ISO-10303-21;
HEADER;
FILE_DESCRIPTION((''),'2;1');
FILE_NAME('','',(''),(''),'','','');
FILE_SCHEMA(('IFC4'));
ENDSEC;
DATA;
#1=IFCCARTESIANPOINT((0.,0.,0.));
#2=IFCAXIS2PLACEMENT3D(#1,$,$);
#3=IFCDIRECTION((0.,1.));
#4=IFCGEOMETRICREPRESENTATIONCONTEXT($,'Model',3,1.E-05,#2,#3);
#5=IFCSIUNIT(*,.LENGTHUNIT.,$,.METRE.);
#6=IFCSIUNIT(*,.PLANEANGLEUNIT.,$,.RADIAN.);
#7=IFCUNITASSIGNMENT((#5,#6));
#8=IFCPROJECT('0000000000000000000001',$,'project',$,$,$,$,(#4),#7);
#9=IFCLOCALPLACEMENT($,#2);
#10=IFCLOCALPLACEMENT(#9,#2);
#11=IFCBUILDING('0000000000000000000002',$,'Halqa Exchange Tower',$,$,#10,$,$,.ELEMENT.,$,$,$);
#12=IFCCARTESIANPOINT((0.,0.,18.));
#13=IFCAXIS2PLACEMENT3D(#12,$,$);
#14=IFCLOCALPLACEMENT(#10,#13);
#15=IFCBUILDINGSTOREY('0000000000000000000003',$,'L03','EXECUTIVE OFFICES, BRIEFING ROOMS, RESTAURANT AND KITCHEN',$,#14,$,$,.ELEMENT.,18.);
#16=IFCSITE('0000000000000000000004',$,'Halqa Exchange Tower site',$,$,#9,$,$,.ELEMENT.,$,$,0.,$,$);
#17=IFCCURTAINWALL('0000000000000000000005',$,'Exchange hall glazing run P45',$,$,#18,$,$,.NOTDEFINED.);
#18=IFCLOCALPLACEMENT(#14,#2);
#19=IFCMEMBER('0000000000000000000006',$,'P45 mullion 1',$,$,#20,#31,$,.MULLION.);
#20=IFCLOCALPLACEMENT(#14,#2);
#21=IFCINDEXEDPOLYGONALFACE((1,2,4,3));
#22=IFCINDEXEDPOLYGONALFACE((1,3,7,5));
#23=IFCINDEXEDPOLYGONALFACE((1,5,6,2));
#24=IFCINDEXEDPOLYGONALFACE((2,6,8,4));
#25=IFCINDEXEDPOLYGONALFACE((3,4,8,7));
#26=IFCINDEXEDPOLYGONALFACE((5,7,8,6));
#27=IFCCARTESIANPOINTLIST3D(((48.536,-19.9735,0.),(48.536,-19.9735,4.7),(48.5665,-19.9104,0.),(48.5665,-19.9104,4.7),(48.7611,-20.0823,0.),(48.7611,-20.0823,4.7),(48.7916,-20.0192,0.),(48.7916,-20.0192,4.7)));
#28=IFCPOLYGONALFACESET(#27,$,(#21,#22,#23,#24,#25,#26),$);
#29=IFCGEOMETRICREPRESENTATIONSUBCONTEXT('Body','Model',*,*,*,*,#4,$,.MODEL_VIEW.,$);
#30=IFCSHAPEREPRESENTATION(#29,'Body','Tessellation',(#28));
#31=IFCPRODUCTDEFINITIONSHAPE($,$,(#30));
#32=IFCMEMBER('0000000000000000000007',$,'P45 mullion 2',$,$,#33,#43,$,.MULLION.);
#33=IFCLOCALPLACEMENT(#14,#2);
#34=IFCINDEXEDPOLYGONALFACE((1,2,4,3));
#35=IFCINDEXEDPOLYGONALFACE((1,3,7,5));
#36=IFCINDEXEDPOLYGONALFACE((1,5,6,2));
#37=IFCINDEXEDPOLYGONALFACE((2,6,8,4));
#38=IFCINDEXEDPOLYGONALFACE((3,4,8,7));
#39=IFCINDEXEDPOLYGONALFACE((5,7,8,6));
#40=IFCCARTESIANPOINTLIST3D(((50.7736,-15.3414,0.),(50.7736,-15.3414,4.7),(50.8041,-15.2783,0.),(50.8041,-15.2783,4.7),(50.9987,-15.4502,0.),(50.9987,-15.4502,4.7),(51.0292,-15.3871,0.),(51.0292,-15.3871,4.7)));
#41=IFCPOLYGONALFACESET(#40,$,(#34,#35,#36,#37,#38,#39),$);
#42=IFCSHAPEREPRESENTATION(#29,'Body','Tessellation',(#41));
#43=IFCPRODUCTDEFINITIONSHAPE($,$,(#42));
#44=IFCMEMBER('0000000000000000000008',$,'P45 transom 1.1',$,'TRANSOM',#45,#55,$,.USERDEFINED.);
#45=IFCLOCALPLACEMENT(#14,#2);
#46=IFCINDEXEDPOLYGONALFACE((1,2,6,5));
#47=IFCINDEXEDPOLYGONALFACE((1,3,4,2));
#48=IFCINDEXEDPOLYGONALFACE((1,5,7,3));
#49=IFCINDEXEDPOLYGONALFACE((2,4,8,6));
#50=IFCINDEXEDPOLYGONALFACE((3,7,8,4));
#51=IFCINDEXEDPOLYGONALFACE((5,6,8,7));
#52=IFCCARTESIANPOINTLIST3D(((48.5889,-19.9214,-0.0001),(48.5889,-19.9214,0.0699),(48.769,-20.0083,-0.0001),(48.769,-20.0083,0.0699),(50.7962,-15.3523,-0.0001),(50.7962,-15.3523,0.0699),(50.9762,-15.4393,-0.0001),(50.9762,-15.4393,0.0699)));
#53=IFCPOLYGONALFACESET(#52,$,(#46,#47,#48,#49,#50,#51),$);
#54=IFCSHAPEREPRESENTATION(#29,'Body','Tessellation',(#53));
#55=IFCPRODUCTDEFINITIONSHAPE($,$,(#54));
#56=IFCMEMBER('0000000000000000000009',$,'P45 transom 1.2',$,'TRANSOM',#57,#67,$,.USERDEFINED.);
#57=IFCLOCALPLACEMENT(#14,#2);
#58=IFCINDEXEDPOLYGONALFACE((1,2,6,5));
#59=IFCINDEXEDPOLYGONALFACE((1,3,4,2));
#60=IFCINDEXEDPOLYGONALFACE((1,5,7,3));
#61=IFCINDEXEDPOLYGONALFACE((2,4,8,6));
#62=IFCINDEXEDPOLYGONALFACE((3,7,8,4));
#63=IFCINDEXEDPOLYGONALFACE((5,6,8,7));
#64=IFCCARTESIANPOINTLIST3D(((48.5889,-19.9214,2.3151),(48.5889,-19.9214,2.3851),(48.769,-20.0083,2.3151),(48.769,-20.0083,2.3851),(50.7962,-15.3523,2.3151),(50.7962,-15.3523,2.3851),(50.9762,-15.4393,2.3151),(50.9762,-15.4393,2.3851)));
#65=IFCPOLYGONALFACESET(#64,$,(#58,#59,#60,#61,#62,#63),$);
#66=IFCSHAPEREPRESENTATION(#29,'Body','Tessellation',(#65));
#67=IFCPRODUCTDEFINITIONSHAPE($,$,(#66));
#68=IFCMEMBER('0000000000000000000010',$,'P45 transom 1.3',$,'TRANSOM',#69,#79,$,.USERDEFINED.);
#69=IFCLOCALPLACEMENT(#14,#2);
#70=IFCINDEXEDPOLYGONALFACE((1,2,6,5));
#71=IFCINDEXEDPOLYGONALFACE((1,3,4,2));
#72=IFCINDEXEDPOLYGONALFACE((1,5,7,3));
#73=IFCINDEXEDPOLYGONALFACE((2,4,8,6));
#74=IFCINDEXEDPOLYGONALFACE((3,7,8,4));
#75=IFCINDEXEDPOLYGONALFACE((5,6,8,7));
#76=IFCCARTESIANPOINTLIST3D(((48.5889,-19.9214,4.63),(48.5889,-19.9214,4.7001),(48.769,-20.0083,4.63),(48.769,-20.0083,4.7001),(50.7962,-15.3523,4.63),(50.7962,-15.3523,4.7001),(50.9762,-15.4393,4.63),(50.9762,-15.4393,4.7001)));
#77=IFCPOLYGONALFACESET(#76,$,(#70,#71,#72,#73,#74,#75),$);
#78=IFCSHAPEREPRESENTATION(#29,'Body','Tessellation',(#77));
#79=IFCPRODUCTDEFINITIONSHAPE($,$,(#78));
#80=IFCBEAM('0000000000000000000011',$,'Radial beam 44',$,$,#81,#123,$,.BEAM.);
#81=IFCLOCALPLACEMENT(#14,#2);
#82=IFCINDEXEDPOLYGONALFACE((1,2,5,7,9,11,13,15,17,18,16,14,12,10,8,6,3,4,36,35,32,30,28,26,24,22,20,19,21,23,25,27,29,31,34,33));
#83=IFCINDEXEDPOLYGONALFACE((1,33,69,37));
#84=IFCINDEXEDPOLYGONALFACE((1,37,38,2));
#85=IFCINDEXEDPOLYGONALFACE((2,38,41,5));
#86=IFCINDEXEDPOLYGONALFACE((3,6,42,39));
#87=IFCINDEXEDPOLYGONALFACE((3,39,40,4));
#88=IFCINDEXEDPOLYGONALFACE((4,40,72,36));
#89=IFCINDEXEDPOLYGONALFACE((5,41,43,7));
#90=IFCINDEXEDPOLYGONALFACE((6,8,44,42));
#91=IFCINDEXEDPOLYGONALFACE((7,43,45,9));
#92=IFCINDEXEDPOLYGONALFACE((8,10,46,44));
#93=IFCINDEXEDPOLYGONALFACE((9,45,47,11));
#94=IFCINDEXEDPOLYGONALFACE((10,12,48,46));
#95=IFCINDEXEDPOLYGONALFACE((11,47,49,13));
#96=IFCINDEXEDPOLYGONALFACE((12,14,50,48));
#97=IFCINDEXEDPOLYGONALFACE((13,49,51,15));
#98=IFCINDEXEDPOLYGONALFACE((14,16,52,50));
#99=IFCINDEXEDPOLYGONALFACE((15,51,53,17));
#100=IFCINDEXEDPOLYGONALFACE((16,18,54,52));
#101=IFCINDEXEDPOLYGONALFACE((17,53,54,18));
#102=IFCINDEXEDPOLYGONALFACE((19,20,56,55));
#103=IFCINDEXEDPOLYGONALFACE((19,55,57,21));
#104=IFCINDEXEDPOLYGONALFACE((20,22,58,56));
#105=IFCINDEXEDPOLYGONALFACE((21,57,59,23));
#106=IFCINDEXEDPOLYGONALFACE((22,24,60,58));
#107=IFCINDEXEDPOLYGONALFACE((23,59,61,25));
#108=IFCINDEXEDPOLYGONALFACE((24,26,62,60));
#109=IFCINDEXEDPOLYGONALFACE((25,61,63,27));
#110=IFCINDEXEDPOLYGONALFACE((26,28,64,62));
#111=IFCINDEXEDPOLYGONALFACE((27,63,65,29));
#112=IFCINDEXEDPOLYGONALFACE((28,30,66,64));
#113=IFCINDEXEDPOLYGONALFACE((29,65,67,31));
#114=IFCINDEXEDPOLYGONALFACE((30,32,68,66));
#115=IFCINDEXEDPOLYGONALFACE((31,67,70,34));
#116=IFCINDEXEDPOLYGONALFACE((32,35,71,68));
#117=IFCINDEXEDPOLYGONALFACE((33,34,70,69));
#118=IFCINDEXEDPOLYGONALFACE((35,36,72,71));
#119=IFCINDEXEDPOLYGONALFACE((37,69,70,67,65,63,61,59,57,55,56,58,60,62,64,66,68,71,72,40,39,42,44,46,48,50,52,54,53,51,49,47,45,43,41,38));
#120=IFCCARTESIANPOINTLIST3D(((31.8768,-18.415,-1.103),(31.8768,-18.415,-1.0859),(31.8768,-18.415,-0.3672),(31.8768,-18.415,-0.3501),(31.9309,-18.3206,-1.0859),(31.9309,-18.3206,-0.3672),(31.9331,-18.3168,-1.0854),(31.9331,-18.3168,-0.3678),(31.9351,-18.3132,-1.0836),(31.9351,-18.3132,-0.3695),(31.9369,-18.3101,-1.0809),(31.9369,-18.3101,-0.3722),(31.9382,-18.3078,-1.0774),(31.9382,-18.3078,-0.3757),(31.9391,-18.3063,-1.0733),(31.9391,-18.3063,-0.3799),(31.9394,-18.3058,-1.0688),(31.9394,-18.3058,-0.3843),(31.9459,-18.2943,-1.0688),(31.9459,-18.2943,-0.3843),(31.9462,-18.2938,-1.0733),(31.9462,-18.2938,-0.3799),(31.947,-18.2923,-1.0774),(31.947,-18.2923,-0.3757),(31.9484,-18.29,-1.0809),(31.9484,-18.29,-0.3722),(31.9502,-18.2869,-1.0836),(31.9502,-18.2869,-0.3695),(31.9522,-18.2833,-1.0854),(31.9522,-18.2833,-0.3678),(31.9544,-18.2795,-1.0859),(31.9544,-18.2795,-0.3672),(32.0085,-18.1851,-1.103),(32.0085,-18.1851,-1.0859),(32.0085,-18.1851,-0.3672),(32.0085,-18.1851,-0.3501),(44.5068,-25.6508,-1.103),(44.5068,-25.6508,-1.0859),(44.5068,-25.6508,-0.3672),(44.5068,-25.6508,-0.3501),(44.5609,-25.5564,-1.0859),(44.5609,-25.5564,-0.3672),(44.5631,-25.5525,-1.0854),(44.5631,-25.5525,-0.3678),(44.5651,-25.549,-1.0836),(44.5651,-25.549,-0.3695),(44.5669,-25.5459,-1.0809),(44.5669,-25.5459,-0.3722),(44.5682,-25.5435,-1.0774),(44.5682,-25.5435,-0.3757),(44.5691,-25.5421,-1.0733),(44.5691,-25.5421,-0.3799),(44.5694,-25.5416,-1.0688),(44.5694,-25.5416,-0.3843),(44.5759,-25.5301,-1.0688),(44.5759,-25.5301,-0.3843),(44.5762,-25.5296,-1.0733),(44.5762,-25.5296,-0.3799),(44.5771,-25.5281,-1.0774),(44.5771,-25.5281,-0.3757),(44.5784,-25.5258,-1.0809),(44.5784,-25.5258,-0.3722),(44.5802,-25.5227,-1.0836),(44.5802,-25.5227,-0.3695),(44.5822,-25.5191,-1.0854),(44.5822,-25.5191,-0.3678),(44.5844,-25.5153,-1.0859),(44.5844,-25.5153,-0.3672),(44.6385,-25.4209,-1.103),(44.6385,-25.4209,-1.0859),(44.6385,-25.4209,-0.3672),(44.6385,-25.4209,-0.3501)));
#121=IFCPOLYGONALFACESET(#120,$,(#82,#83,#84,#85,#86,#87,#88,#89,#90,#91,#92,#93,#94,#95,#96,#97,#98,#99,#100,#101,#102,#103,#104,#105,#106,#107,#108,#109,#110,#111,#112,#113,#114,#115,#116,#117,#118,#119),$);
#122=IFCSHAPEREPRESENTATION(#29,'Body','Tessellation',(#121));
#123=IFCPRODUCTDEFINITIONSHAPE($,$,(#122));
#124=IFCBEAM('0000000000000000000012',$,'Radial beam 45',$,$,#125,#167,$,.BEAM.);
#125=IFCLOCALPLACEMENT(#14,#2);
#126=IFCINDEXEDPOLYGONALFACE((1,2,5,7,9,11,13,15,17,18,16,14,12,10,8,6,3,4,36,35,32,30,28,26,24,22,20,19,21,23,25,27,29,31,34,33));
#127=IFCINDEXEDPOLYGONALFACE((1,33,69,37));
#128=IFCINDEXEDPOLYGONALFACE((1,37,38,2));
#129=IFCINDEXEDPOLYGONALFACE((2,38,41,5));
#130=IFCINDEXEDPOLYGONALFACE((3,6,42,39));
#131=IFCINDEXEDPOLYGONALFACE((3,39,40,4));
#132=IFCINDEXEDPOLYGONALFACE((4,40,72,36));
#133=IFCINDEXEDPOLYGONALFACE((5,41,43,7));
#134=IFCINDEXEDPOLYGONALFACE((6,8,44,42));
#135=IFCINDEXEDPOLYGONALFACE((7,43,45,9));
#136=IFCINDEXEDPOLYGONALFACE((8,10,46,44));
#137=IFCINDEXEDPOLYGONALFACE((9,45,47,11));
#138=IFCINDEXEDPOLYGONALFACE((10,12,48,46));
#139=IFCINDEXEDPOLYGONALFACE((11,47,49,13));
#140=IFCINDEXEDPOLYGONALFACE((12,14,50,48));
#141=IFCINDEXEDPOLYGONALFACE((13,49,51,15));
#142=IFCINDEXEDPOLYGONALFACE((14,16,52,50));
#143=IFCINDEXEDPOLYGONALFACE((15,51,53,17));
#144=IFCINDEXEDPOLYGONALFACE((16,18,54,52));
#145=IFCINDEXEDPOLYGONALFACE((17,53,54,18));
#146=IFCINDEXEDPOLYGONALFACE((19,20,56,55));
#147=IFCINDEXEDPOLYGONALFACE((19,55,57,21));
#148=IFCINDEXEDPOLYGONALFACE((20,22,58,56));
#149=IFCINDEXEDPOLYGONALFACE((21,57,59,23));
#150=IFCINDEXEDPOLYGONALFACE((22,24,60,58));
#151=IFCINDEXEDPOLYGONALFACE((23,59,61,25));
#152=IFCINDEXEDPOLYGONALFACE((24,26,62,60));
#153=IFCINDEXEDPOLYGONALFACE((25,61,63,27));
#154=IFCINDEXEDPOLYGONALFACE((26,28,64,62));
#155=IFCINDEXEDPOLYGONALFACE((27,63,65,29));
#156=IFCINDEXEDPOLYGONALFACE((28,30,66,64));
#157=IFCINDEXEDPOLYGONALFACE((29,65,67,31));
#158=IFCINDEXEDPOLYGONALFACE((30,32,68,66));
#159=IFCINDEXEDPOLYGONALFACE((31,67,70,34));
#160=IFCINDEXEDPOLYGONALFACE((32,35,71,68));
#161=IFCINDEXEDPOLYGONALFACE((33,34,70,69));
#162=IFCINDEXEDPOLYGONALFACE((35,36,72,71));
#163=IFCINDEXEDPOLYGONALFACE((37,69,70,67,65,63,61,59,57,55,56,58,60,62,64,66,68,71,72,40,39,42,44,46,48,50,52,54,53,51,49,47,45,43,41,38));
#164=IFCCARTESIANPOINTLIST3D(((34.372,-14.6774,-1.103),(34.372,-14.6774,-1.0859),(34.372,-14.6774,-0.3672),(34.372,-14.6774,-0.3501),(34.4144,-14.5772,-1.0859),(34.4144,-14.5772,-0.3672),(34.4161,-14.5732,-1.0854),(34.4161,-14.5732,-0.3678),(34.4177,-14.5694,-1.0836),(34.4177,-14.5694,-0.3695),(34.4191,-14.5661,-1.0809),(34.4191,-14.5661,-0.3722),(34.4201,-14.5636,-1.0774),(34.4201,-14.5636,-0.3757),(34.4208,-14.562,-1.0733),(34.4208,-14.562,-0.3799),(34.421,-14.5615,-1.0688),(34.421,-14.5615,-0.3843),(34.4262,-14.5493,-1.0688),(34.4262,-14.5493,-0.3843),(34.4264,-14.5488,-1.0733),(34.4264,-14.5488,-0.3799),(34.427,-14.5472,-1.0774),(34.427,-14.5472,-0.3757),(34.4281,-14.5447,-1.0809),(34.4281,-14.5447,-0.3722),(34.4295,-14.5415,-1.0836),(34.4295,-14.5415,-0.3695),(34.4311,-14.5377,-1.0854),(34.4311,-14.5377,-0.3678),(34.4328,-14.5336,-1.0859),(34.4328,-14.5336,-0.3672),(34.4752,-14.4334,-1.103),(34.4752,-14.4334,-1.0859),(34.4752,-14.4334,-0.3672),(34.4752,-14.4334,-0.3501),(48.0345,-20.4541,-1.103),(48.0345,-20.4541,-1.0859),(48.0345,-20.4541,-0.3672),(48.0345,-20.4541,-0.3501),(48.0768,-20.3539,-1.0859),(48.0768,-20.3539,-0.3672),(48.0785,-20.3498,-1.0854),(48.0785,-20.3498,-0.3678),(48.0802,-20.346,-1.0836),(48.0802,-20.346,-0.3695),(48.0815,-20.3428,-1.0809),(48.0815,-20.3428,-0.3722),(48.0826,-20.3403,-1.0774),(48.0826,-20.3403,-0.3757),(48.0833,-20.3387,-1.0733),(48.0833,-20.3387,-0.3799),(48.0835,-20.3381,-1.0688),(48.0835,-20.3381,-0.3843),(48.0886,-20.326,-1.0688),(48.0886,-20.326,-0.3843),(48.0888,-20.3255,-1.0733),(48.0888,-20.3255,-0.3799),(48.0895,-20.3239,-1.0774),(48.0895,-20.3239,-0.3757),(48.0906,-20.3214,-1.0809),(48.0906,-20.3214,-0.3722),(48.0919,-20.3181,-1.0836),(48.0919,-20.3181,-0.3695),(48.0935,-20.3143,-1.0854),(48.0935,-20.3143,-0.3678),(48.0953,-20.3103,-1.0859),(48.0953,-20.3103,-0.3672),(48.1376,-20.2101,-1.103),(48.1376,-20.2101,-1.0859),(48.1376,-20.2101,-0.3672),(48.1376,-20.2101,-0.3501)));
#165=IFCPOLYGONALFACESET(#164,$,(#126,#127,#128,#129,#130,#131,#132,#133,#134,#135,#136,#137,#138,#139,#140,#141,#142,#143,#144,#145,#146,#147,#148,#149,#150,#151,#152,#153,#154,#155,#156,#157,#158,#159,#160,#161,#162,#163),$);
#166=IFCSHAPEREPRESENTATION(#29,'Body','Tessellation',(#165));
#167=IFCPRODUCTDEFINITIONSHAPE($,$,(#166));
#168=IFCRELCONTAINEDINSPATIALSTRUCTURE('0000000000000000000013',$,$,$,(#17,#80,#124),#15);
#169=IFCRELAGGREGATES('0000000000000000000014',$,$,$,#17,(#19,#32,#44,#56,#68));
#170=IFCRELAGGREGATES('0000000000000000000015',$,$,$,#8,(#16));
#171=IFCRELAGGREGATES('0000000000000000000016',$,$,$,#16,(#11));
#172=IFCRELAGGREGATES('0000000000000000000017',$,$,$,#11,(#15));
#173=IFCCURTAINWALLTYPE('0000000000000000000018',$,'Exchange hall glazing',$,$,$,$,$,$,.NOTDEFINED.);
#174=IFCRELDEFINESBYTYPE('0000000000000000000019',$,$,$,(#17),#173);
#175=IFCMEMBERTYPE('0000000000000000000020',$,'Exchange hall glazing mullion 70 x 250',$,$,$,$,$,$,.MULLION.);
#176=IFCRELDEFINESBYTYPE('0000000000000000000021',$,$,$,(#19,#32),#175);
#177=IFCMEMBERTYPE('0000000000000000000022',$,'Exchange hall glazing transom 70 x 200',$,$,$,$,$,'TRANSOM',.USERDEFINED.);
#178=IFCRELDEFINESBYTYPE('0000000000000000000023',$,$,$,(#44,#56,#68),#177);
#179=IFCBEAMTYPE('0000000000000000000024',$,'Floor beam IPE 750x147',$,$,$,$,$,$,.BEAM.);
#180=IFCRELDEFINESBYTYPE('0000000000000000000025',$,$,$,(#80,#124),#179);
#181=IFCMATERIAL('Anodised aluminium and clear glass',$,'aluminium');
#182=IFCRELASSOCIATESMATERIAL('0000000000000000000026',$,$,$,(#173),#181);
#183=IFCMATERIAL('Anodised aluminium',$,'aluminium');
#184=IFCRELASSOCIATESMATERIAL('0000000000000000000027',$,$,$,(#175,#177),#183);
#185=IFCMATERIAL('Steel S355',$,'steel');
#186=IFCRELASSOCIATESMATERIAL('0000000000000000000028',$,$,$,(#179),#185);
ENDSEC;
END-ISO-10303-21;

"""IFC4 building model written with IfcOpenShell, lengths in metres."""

from ifc_helpers import new_model, si_unit, direction, frame, origin, origin_2d, place, context, subcontext, project, spatial, rectangle, i_section, extrude, material, material_profile, profile_set, type_object, element, aggregate, save


model = new_model("IFC4")

# Units and contexts
model_context = context("Model", 3, precision=1e-05, world=origin(), true_north=direction((0.0, 1.0)))
body_context = subcontext(model_context, "Body", "Model", "MODEL_VIEW")
ifc_project = project(units=[si_unit("LENGTHUNIT", "METRE"), si_unit("PLANEANGLEUNIT", "RADIAN")], contexts=[model_context])

# Site, building, storey
site_placement = place(None, origin())
site = spatial("IfcSite", under=ifc_project, at=site_placement, Name="Halqa Exchange Tower site", CompositionType="ELEMENT", RefElevation=0.0)
building_placement = place(site_placement, origin())
building = spatial("IfcBuilding", under=site, at=building_placement, Name="Halqa Exchange Tower", CompositionType="ELEMENT")
storey_placement = place(building_placement, frame((0.0, 0.0, 18.0)))
storey = spatial("IfcBuildingStorey", under=building, at=storey_placement, Name="L03", Description="EXECUTIVE OFFICES, BRIEFING ROOMS, RESTAURANT AND KITCHEN", CompositionType="ELEMENT", Elevation=18.0)

# Curtain wall, members
ifc_material_1 = material(Name="Anodised aluminium and clear glass", Category="aluminium")
curtain_wall_type = type_object("IfcCurtainWallType", Name="Exchange hall glazing", PredefinedType="NOTDEFINED", material=ifc_material_1)
curtain_wall_placement = place(storey_placement, origin())
curtain_wall = element("IfcCurtainWall", 1, at=curtain_wall_placement, inside=storey, type_object=curtain_wall_type, Name="Exchange hall glazing run P45", PredefinedType="NOTDEFINED")
ifc_material_2 = material(Name="Anodised aluminium", Category="aluminium")
ifc_material_profile_1 = material_profile(ifc_material_2, rectangle(XDim=0.25, YDim=0.0701, at=origin_2d()), Name="AL 70x250")
ifc_profile_set_1 = profile_set([ifc_material_profile_1], Name="Anodised aluminium")
member_type_1 = type_object("IfcMemberType", Name="Exchange hall glazing mullion 70 x 250", PredefinedType="MULLION", material=ifc_profile_set_1)
member_1_placement = place(storey_placement, frame((48.6638, -19.9963, 0.0), z_axis=(0.0, 0.0, 1.0), x_axis=(-0.900435, 0.43499, 0.0)))
member_1 = element("IfcMember", 2, at=member_1_placement, type_object=member_type_1, Name="P45 mullion 1", PredefinedType="MULLION", context=body_context, shape_type="SweptSolid", body=[
    extrude(rectangle(XDim=0.25, YDim=0.0701, at=origin_2d()), origin(), (0.0, 0.0, 1.0), 4.7),
])
member_2_placement = place(storey_placement, frame((50.9014, -15.3643, 0.0), z_axis=(0.0, 0.0, 1.0), x_axis=(-0.900435, 0.43499, 0.0)))
member_2 = element("IfcMember", 3, at=member_2_placement, type_object=member_type_1, Name="P45 mullion 2", PredefinedType="MULLION", context=body_context, shape_type="SweptSolid", body=[
    extrude(rectangle(XDim=0.25, YDim=0.0701, at=origin_2d()), origin(), (0.0, 0.0, 1.0), 4.7),
])
ifc_material_profile_2 = material_profile(ifc_material_2, rectangle(XDim=0.2, YDim=0.0701, at=origin_2d()), Name="AL 70x200")
ifc_profile_set_2 = profile_set([ifc_material_profile_2], Name="Anodised aluminium")
member_type_2 = type_object("IfcMemberType", Name="Exchange hall glazing transom 70 x 200", ElementType="TRANSOM", PredefinedType="USERDEFINED", material=ifc_profile_set_2)
member_3_placement = place(storey_placement, frame((48.679, -19.9648, 0.0349), z_axis=(0.43499, 0.900435, 0.0), x_axis=(-0.900435, 0.43499, 0.0)))
member_3 = element("IfcMember", 4, at=member_3_placement, type_object=member_type_2, Name="P45 transom 1.1", ObjectType="TRANSOM", PredefinedType="USERDEFINED", context=body_context, shape_type="SweptSolid", body=[
    extrude(rectangle(XDim=0.2, YDim=0.0701, at=origin_2d()), origin(), (0.0, 0.0, 1.0), 5.0742),
])
member_4_placement = place(storey_placement, frame((48.679, -19.9648, 2.3501), z_axis=(0.43499, 0.900435, 0.0), x_axis=(-0.900435, 0.43499, 0.0)))
member_4 = element("IfcMember", 5, at=member_4_placement, type_object=member_type_2, Name="P45 transom 1.2", ObjectType="TRANSOM", PredefinedType="USERDEFINED", context=body_context, shape_type="SweptSolid", body=[
    extrude(rectangle(XDim=0.2, YDim=0.0701, at=origin_2d()), origin(), (0.0, 0.0, 1.0), 5.0742),
])
member_5_placement = place(storey_placement, frame((48.679, -19.9648, 4.665), z_axis=(0.43499, 0.900435, 0.0), x_axis=(-0.900435, 0.43499, 0.0)))
member_5 = element("IfcMember", 6, at=member_5_placement, type_object=member_type_2, Name="P45 transom 1.3", ObjectType="TRANSOM", PredefinedType="USERDEFINED", context=body_context, shape_type="SweptSolid", body=[
    extrude(rectangle(XDim=0.2, YDim=0.0701, at=origin_2d()), origin(), (0.0, 0.0, 1.0), 5.0742),
])

# Beams
ifc_material_3 = material(Name="Steel S355", Category="steel")
ifc_material_profile_3 = material_profile(ifc_material_3, i_section(OverallWidth=0.2649, OverallDepth=0.7529, WebThickness=0.0132, FlangeThickness=0.0171, FilletRadius=0.0171, at=origin_2d()), Name="IPE 750x147")
ifc_profile_set_3 = profile_set([ifc_material_profile_3], Name="Steel S355")
beam_type_1 = type_object("IfcBeamType", Name="Floor beam IPE 750x147", PredefinedType="BEAM", material=ifc_profile_set_3)
beam_1_placement = place(storey_placement, frame((31.9426, -18.3, -0.7266), z_axis=(0.867691, -0.497103, 0.0), x_axis=(0.497103, 0.867691, 0.0)))
element("IfcBeam", 7, at=beam_1_placement, inside=storey, type_object=beam_type_1, Name="Radial beam 44", PredefinedType="BEAM", context=body_context, shape_type="SweptSolid", body=[
    extrude(i_section(OverallWidth=0.2649, OverallDepth=0.7529, WebThickness=0.0132, FlangeThickness=0.0171, FilletRadius=0.0171, at=origin_2d()), origin(), (0.0, 0.0, 1.0), 14.5559),
])
beam_2_placement = place(storey_placement, frame((34.4236, -14.5554, -0.7266), z_axis=(0.921055, -0.389433, 0.0), x_axis=(0.389433, 0.921055, 0.0)))
element("IfcBeam", 8, at=beam_2_placement, inside=storey, type_object=beam_type_1, Name="Radial beam 45", PredefinedType="BEAM", context=body_context, shape_type="SweptSolid", body=[
    extrude(i_section(OverallWidth=0.2649, OverallDepth=0.7529, WebThickness=0.0132, FlangeThickness=0.0171, FilletRadius=0.0171, at=origin_2d()), origin(), (0.0, 0.0, 1.0), 14.8335),
])

aggregate(curtain_wall, [member_1, member_2, member_3, member_4, member_5])

save(model, "model.ifc")
